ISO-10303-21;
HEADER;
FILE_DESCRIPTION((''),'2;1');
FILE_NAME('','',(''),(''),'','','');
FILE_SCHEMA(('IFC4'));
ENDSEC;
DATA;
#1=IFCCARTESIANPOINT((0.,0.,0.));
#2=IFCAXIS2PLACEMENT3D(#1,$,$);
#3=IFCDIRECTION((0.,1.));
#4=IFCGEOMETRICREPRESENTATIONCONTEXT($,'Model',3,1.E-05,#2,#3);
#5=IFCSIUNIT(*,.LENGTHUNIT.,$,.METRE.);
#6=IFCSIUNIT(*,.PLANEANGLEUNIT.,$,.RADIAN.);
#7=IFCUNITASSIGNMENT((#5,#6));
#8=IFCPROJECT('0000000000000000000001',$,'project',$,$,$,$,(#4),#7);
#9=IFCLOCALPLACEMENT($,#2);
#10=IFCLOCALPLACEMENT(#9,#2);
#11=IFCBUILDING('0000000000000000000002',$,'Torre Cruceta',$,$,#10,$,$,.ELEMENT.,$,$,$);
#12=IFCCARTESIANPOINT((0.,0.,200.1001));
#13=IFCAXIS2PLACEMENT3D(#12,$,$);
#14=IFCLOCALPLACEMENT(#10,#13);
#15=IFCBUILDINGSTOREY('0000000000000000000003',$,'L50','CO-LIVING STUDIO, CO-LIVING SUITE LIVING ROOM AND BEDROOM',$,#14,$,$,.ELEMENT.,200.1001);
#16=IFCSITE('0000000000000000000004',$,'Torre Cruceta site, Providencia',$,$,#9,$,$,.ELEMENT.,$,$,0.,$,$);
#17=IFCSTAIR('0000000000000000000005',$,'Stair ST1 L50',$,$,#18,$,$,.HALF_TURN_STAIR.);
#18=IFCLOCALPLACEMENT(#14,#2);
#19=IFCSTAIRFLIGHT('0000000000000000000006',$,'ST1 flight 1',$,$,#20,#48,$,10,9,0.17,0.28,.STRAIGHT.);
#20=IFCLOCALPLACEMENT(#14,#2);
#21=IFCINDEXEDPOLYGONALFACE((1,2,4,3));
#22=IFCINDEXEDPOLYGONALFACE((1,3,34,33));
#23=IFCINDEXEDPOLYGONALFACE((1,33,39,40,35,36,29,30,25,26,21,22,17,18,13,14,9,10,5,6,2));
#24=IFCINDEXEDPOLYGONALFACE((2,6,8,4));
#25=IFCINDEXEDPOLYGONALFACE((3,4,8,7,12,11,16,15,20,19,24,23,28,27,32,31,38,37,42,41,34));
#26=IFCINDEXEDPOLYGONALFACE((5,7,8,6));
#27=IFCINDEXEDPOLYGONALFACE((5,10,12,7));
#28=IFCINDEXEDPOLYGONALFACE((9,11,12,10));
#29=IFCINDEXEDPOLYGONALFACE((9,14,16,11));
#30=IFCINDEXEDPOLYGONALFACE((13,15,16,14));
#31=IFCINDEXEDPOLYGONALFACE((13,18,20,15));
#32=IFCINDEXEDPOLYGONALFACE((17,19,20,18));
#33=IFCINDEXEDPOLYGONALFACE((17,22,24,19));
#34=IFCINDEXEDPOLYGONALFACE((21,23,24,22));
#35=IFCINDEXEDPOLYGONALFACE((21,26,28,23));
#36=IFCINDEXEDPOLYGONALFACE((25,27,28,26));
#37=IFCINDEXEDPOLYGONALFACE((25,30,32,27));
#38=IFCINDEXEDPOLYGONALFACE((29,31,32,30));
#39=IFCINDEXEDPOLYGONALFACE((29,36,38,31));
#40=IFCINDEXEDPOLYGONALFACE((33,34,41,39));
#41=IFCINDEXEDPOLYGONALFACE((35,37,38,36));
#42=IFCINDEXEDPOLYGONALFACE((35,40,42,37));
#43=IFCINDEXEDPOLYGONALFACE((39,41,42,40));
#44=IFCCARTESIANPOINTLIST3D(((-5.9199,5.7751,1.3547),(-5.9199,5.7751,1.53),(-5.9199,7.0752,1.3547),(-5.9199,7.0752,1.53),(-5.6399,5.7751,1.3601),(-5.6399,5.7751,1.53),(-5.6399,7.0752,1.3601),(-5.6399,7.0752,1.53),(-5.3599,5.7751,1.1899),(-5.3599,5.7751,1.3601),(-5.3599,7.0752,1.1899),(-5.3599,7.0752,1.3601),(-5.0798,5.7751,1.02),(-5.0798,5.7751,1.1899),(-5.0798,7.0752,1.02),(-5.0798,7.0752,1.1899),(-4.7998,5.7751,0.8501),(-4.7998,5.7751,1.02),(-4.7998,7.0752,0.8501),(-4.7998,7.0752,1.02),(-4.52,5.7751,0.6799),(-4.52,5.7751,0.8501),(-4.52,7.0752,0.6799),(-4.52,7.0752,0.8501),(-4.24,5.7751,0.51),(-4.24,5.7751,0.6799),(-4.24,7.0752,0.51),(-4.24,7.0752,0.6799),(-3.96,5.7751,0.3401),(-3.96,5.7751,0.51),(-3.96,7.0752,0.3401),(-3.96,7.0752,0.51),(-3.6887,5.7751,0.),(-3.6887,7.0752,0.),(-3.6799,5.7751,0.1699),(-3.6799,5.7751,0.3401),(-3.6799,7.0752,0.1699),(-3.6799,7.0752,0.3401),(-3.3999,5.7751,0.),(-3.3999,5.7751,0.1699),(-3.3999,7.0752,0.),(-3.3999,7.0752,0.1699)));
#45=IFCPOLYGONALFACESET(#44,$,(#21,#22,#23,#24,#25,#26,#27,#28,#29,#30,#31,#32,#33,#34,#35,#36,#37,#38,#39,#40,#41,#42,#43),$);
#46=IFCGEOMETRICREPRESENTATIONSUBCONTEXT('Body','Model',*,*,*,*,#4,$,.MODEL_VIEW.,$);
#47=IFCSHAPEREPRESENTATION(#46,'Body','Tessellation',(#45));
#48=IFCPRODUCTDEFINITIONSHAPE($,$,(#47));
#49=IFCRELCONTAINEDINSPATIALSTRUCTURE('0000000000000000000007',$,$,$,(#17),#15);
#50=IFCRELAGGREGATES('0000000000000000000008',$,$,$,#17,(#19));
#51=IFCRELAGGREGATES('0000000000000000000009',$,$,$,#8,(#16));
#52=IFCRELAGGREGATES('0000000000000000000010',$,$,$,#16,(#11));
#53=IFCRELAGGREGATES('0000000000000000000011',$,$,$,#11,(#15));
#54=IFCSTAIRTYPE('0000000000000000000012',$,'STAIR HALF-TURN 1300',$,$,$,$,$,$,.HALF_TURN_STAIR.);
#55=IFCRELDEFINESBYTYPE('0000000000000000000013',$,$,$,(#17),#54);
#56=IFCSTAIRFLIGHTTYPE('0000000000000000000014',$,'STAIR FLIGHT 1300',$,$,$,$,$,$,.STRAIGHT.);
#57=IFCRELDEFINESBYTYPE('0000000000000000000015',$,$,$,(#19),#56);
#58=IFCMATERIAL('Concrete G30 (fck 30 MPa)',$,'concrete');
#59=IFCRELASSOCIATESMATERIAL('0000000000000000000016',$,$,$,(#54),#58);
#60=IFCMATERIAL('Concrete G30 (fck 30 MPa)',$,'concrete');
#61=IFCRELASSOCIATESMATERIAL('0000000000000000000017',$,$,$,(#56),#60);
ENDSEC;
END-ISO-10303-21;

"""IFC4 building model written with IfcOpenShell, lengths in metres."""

from ifc_helpers import new_model, si_unit, direction, frame, origin, place, context, subcontext, project, spatial, polyline, outline, extrude, material, type_object, element, aggregate, save


model = new_model("IFC4")

# Units and contexts
model_context = context("Model", 3, precision=1e-05, world=origin(), true_north=direction((0.0, 1.0)))
body_context = subcontext(model_context, "Body", "Model", "MODEL_VIEW")
ifc_project = project(units=[si_unit("LENGTHUNIT", "METRE"), si_unit("PLANEANGLEUNIT", "RADIAN")], contexts=[model_context])

# Site, building, storey
site_placement = place(None, origin())
site = spatial("IfcSite", under=ifc_project, at=site_placement, Name="Torre Cruceta site, Providencia", CompositionType="ELEMENT", RefElevation=0.0)
building_placement = place(site_placement, origin())
building = spatial("IfcBuilding", under=site, at=building_placement, Name="Torre Cruceta", CompositionType="ELEMENT")
storey_placement = place(building_placement, frame((0.0, 0.0, 200.1001)))
storey = spatial("IfcBuildingStorey", under=building, at=storey_placement, Name="L50", Description="CO-LIVING STUDIO, CO-LIVING SUITE LIVING ROOM AND BEDROOM", CompositionType="ELEMENT", Elevation=200.1001)

# Stair, stair flight
ifc_material_1 = material(Name="Concrete G30 (fck 30 MPa)", Category="concrete")
stair_type = type_object("IfcStairType", Name="STAIR HALF-TURN 1300", PredefinedType="HALF_TURN_STAIR", material=ifc_material_1)
stair_placement = place(storey_placement, origin())
stair = element("IfcStair", 1, at=stair_placement, inside=storey, type_object=stair_type, Name="Stair ST1 L50", PredefinedType="HALF_TURN_STAIR")
ifc_material_2 = material(Name="Concrete G30 (fck 30 MPa)", Category="concrete")
stair_flight_type = type_object("IfcStairFlightType", Name="STAIR FLIGHT 1300", PredefinedType="STRAIGHT", material=ifc_material_2)
stair_flight_placement = place(storey_placement, frame((-3.3999, 6.425, 0.0), z_axis=(0.0, 0.0, 1.0), x_axis=(-1.0, 0.0, 0.0)))
stair_flight = element("IfcStairFlight", 2, at=stair_flight_placement, type_object=stair_flight_type, Name="ST1 flight 1", NumberOfRisers=10, NumberOfTreads=9, PredefinedType="STRAIGHT", RiserHeight=0.17, TreadLength=0.28, context=body_context, shape_type="SweptSolid", body=[
    extrude(outline(polyline([(0.0, 0.0), (0.0, 0.1699), (0.28, 0.1699), (0.28, 0.3401), (0.5601, 0.3401), (0.5601, 0.51), (0.8401, 0.51), (0.8401, 0.6799), (1.1201, 0.6799), (1.1201, 0.8501), (1.3999, 0.8501), (1.3999, 1.02), (1.6799, 1.02), (1.6799, 1.1899), (1.96, 1.1899), (1.96, 1.3601), (2.24, 1.3601), (2.24, 1.53), (2.52, 1.53), (2.52, 1.7), (2.52, 1.3547), (0.2888, 0.0), (0.0, 0.0)])), frame((0.0, 0.6499, 0.0), z_axis=(0.0, -1.0, 0.0), x_axis=(1.0, 0.0, 0.0)), (0.0, 0.0, 1.0), 1.3),
])
aggregate(stair, [stair_flight])

save(model, "model.ifc")
